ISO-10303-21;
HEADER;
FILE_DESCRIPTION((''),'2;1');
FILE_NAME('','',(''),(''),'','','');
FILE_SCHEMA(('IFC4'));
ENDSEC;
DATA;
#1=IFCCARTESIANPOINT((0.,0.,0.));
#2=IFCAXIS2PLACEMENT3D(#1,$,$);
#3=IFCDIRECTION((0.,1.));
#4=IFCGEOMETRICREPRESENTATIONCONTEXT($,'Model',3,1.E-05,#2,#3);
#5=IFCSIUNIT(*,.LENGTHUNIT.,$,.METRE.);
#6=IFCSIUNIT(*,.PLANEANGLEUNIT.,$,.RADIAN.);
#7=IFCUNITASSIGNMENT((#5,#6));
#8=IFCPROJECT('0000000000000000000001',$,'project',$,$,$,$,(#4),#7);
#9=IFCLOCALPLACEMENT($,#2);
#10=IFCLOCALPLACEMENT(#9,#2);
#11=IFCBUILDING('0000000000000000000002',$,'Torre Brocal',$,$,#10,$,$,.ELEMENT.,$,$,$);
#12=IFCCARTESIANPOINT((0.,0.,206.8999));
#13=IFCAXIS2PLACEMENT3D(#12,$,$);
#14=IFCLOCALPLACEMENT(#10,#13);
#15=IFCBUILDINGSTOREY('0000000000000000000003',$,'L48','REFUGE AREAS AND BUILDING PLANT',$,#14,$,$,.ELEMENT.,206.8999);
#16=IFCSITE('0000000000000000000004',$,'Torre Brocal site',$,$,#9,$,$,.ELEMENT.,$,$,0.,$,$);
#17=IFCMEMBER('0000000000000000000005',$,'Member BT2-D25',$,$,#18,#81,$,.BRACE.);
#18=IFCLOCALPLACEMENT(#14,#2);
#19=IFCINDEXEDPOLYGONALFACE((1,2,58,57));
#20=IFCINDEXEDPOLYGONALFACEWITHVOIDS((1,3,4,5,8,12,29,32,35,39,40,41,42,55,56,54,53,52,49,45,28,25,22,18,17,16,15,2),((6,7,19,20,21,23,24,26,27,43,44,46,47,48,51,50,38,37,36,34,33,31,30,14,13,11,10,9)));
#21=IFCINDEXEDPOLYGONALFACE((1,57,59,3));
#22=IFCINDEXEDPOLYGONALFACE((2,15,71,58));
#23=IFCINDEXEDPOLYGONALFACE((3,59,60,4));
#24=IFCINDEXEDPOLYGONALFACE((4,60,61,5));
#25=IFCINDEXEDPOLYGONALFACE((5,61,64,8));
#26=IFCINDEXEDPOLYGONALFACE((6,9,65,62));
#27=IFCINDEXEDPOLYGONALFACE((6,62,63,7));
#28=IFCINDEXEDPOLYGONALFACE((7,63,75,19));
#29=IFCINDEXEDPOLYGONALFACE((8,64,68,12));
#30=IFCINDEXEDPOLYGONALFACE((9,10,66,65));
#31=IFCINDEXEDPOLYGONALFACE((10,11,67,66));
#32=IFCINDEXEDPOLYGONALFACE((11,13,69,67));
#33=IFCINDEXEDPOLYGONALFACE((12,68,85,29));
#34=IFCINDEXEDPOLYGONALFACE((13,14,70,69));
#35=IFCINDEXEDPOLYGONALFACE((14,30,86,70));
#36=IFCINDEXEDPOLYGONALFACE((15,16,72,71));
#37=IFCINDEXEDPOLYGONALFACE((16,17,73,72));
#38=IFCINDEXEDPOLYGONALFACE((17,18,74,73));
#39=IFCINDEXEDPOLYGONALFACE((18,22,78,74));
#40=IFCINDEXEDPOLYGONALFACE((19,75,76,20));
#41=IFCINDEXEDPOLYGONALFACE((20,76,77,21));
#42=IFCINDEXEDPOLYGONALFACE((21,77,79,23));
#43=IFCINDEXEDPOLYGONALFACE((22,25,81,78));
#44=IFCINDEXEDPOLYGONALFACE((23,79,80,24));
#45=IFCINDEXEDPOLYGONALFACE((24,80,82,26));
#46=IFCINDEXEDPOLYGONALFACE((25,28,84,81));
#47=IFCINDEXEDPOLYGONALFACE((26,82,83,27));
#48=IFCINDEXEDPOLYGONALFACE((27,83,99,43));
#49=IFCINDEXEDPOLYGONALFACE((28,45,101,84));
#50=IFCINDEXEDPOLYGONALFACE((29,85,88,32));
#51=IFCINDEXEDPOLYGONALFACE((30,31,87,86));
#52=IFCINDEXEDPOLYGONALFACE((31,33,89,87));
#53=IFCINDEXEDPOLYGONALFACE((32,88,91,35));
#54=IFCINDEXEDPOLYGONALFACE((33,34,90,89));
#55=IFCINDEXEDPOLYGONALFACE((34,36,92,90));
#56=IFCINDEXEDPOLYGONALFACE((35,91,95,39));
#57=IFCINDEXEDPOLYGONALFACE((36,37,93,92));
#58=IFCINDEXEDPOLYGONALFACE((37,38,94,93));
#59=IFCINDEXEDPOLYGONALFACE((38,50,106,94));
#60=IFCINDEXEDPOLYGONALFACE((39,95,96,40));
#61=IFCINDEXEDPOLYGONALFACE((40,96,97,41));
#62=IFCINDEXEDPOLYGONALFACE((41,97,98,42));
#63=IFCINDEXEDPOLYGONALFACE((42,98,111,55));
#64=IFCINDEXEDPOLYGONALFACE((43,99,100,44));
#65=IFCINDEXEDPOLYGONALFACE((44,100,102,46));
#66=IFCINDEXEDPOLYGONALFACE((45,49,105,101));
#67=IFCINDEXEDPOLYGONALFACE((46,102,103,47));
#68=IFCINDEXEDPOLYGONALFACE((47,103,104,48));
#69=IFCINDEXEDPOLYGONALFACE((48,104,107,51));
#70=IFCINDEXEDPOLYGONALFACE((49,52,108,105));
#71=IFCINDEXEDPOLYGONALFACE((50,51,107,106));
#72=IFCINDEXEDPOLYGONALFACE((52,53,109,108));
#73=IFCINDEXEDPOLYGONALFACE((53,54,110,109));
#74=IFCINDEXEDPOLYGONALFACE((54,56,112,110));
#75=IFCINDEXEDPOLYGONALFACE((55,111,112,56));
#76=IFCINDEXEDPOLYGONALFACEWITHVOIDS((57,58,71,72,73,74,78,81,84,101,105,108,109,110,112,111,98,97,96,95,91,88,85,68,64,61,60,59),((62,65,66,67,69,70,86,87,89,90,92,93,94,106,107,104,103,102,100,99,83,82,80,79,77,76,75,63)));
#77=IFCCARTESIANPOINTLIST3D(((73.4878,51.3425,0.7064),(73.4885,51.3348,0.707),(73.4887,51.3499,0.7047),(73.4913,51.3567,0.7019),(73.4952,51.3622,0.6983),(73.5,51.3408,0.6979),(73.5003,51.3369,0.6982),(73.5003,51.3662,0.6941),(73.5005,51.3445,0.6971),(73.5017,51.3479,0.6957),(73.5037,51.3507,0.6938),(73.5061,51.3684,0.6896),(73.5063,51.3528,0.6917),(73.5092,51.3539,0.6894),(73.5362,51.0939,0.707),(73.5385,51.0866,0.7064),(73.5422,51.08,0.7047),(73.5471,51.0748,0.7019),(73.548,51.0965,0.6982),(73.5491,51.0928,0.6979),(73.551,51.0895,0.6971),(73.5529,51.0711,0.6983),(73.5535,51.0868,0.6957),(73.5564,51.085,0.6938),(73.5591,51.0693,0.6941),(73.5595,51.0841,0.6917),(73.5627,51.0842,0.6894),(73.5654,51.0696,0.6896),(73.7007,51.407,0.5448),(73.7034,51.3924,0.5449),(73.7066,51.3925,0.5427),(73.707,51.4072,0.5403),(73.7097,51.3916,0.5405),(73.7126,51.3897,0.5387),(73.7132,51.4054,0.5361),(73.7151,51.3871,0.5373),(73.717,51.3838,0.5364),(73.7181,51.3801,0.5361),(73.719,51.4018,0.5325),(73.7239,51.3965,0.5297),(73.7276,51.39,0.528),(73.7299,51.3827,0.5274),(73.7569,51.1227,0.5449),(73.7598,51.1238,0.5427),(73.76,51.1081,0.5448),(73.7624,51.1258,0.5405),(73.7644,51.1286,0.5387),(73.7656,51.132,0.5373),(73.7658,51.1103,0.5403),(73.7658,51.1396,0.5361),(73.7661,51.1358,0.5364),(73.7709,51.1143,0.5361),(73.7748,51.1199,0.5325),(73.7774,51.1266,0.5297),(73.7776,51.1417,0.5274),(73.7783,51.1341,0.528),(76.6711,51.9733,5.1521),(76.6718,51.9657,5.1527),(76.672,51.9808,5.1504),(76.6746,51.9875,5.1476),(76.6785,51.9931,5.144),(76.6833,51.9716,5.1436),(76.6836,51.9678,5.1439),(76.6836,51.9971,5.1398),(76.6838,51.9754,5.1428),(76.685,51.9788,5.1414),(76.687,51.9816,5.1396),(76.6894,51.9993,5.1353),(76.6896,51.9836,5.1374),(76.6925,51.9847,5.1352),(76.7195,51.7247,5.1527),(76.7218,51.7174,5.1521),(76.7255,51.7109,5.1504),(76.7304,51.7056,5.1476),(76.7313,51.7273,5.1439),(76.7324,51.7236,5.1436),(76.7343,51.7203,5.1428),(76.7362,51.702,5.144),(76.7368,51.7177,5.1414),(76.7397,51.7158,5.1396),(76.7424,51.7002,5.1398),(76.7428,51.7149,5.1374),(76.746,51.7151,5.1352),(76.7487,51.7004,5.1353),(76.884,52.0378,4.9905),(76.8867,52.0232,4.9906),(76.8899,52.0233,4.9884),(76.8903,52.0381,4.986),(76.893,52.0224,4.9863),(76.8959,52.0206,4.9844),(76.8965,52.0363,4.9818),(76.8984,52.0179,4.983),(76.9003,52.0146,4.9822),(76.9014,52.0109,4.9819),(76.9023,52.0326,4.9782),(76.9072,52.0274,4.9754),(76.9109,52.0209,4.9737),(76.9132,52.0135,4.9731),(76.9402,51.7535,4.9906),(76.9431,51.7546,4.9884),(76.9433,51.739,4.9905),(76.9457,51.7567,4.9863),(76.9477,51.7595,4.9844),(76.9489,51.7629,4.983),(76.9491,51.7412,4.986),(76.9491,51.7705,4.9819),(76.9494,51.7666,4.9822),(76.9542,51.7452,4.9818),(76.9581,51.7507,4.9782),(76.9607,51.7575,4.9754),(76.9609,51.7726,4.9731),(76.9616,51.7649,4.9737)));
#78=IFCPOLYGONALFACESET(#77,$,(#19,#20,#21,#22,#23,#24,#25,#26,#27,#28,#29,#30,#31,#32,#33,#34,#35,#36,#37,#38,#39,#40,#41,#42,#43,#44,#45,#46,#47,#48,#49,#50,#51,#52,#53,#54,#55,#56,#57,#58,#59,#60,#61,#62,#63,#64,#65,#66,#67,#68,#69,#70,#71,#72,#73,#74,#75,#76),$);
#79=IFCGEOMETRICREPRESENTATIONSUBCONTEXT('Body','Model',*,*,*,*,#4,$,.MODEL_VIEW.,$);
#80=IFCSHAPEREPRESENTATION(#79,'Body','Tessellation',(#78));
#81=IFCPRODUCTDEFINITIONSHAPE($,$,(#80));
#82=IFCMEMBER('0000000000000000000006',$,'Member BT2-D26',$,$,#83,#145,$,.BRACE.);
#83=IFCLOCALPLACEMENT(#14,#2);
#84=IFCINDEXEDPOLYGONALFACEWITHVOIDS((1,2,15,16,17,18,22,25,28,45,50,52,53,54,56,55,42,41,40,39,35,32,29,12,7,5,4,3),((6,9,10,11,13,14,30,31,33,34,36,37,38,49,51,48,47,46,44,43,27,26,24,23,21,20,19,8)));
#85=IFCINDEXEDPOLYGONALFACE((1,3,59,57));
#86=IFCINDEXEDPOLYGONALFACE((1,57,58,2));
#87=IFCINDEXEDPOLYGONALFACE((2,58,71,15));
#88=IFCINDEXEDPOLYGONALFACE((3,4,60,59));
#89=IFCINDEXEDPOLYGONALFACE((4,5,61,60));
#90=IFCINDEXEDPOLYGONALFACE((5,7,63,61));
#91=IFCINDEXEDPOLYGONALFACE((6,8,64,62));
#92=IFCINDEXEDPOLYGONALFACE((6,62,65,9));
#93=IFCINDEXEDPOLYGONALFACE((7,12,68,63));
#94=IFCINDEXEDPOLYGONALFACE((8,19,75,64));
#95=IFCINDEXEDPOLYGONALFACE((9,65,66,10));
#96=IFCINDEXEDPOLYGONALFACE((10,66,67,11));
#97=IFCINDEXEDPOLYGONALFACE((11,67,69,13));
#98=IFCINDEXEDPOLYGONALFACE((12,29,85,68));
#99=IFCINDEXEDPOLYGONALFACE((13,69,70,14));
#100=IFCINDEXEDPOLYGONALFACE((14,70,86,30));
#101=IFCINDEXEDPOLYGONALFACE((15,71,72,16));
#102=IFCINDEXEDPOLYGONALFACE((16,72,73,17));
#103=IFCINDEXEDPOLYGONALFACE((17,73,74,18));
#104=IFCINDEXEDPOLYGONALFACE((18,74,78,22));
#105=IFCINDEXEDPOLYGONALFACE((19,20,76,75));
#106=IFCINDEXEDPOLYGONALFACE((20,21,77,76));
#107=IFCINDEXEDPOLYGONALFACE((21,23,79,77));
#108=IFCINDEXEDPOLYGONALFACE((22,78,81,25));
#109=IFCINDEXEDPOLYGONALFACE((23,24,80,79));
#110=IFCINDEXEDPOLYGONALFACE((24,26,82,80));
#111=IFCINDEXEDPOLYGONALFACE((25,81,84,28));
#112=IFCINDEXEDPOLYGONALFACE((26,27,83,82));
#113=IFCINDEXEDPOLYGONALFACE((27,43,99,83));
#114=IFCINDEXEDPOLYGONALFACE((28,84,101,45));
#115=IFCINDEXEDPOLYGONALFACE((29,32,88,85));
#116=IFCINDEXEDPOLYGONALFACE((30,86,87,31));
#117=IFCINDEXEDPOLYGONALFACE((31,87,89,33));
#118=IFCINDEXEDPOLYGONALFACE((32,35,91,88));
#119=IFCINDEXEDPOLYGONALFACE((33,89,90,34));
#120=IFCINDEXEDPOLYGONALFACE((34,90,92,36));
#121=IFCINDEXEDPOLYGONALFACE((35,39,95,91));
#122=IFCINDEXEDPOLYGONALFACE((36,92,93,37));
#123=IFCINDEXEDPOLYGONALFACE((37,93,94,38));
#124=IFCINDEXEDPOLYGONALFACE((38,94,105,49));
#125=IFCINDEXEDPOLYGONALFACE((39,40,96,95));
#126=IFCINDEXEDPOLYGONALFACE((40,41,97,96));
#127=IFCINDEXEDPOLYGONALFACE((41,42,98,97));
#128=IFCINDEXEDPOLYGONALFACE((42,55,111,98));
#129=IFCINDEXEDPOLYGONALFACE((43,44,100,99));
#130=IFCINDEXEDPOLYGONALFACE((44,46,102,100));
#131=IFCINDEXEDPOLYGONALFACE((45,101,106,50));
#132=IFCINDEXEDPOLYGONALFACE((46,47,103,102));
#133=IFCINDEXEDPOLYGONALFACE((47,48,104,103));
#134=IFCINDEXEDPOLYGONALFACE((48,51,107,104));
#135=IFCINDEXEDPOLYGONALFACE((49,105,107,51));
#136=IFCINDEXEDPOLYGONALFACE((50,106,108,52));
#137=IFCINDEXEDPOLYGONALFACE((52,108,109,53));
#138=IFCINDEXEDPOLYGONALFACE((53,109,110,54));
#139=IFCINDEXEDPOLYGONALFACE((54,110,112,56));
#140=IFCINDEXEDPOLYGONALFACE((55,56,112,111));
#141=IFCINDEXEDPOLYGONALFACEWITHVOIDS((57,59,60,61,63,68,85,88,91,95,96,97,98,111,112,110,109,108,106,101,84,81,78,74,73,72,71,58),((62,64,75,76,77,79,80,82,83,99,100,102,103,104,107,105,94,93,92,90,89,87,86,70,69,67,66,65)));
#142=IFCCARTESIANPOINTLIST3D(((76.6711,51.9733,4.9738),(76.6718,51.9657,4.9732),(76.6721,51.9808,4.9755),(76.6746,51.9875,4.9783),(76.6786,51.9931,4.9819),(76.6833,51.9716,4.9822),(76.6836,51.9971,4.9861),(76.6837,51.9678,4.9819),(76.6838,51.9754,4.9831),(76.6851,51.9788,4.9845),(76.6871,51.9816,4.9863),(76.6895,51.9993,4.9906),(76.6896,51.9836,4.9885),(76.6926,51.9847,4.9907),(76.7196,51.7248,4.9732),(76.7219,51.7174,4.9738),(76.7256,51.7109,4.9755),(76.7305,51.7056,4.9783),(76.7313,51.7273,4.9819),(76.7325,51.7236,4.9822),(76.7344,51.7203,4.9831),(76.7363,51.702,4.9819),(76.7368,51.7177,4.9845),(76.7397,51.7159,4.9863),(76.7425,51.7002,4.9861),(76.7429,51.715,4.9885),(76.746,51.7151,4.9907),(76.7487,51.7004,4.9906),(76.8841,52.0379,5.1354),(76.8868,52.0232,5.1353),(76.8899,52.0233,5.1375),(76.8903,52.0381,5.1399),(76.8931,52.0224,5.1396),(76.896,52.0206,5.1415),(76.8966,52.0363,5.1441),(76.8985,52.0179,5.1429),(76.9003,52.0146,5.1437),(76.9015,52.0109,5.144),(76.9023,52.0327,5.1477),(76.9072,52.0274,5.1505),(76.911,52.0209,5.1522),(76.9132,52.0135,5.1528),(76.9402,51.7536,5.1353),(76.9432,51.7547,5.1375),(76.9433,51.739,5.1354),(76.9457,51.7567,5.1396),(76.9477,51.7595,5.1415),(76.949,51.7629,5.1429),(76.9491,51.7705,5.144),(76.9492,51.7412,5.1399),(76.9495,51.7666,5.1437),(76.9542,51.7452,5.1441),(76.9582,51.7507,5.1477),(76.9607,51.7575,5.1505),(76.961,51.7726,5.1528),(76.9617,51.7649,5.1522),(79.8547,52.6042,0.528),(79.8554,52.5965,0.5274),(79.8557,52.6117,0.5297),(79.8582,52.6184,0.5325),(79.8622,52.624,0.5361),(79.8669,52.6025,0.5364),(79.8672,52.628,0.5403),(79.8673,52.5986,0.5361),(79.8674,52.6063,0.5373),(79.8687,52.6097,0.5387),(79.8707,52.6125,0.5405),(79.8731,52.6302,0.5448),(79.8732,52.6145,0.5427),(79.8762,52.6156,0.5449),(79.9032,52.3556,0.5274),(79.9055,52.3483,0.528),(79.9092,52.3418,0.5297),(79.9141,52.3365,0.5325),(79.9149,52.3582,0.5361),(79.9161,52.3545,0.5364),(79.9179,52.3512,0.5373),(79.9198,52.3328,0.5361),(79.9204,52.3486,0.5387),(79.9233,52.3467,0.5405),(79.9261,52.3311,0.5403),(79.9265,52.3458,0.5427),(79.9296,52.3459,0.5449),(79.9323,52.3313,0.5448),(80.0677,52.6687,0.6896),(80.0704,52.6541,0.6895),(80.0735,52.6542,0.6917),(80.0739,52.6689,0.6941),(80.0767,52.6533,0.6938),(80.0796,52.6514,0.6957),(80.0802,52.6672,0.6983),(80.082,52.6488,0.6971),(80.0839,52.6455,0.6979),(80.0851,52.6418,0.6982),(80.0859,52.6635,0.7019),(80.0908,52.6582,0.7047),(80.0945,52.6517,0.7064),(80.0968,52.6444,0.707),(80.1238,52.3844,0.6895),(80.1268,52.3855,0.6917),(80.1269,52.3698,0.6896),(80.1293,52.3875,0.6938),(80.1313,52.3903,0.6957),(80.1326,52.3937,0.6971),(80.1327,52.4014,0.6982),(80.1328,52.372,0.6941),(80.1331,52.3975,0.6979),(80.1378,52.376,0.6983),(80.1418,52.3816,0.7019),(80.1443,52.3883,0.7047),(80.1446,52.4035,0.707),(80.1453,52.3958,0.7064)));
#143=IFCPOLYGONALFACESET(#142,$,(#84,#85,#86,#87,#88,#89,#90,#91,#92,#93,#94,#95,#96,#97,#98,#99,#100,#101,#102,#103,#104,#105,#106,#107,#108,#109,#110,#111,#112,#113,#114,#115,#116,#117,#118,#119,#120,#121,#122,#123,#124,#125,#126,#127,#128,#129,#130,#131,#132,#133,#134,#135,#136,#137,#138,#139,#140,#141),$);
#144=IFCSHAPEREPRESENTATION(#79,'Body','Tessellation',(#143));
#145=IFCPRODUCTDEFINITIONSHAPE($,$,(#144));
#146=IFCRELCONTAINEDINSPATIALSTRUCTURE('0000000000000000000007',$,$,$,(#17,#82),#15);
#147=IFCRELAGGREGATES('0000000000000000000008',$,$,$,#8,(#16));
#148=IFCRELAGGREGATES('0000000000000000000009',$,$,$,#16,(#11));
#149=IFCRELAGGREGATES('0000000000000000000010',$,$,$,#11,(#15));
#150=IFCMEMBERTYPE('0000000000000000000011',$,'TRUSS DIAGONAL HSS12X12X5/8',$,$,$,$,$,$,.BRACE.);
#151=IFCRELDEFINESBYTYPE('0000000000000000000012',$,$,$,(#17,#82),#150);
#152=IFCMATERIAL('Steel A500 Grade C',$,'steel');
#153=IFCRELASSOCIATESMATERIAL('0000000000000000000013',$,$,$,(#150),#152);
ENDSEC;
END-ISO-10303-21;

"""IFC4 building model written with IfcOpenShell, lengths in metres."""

from ifc_helpers import new_model, si_unit, direction, frame, origin, origin_2d, place, context, subcontext, project, spatial, hollow_rectangle, extrude, material, material_profile, profile_set, type_object, element, save


model = new_model("IFC4")

# Units and contexts
model_context = context("Model", 3, precision=1e-05, world=origin(), true_north=direction((0.0, 1.0)))
body_context = subcontext(model_context, "Body", "Model", "MODEL_VIEW")
ifc_project = project(units=[si_unit("LENGTHUNIT", "METRE"), si_unit("PLANEANGLEUNIT", "RADIAN")], contexts=[model_context])

# Site, building, storey
site_placement = place(None, origin())
site = spatial("IfcSite", under=ifc_project, at=site_placement, Name="Torre Brocal site", CompositionType="ELEMENT", RefElevation=0.0)
building_placement = place(site_placement, origin())
building = spatial("IfcBuilding", under=site, at=building_placement, Name="Torre Brocal", CompositionType="ELEMENT")
storey_placement = place(building_placement, frame((0.0, 0.0, 206.8999)))
storey = spatial("IfcBuildingStorey", under=building, at=storey_placement, Name="L48", Description="REFUGE AREAS AND BUILDING PLANT", CompositionType="ELEMENT", Elevation=206.8999)

# Members
ifc_material_1 = material(Name="Steel A500 Grade C", Category="steel")
ifc_material_profile_1 = material_profile(ifc_material_1, hollow_rectangle(XDim=0.3047, YDim=0.3047, WallThickness=0.0149, InnerFilletRadius=0.0149, OuterFilletRadius=0.0295, at=origin_2d()), Name="HSS12X12X5/8")
ifc_profile_set_1 = profile_set([ifc_material_profile_1], Name="Steel A500 Grade C")
member_type_1 = type_object("IfcMemberType", Name="TRUSS DIAGONAL HSS12X12X5/8", PredefinedType="BRACE", material=ifc_profile_set_1)
member_1_placement = place(storey_placement, frame((73.6331, 51.2383, 0.6172), z_axis=(0.578343, 0.114613, 0.807702), x_axis=(-0.194394, 0.980923, 0.0)))
element("IfcMember", 1, at=member_1_placement, inside=storey, type_object=member_type_1, Name="Member BT2-D25", PredefinedType="BRACE", context=body_context, shape_type="SweptSolid", body=[
    extrude(hollow_rectangle(XDim=0.3047, YDim=0.3047, WallThickness=0.0149, InnerFilletRadius=0.0149, OuterFilletRadius=0.0295, at=origin_2d()), origin(), (0.0, 0.0, 1.0), 5.5042),
])
member_2_placement = place(storey_placement, frame((76.8164, 51.8691, 5.063), z_axis=(0.578373, 0.11461, -0.807682), x_axis=(-0.19438, 0.980926, 0.0)))
element("IfcMember", 2, at=member_2_placement, inside=storey, type_object=member_type_1, Name="Member BT2-D26", PredefinedType="BRACE", context=body_context, shape_type="SweptSolid", body=[
    extrude(hollow_rectangle(XDim=0.3047, YDim=0.3047, WallThickness=0.0149, InnerFilletRadius=0.0149, OuterFilletRadius=0.0295, at=origin_2d()), origin(), (0.0, 0.0, 1.0), 5.5044),
])

save(model, "model.ifc")
